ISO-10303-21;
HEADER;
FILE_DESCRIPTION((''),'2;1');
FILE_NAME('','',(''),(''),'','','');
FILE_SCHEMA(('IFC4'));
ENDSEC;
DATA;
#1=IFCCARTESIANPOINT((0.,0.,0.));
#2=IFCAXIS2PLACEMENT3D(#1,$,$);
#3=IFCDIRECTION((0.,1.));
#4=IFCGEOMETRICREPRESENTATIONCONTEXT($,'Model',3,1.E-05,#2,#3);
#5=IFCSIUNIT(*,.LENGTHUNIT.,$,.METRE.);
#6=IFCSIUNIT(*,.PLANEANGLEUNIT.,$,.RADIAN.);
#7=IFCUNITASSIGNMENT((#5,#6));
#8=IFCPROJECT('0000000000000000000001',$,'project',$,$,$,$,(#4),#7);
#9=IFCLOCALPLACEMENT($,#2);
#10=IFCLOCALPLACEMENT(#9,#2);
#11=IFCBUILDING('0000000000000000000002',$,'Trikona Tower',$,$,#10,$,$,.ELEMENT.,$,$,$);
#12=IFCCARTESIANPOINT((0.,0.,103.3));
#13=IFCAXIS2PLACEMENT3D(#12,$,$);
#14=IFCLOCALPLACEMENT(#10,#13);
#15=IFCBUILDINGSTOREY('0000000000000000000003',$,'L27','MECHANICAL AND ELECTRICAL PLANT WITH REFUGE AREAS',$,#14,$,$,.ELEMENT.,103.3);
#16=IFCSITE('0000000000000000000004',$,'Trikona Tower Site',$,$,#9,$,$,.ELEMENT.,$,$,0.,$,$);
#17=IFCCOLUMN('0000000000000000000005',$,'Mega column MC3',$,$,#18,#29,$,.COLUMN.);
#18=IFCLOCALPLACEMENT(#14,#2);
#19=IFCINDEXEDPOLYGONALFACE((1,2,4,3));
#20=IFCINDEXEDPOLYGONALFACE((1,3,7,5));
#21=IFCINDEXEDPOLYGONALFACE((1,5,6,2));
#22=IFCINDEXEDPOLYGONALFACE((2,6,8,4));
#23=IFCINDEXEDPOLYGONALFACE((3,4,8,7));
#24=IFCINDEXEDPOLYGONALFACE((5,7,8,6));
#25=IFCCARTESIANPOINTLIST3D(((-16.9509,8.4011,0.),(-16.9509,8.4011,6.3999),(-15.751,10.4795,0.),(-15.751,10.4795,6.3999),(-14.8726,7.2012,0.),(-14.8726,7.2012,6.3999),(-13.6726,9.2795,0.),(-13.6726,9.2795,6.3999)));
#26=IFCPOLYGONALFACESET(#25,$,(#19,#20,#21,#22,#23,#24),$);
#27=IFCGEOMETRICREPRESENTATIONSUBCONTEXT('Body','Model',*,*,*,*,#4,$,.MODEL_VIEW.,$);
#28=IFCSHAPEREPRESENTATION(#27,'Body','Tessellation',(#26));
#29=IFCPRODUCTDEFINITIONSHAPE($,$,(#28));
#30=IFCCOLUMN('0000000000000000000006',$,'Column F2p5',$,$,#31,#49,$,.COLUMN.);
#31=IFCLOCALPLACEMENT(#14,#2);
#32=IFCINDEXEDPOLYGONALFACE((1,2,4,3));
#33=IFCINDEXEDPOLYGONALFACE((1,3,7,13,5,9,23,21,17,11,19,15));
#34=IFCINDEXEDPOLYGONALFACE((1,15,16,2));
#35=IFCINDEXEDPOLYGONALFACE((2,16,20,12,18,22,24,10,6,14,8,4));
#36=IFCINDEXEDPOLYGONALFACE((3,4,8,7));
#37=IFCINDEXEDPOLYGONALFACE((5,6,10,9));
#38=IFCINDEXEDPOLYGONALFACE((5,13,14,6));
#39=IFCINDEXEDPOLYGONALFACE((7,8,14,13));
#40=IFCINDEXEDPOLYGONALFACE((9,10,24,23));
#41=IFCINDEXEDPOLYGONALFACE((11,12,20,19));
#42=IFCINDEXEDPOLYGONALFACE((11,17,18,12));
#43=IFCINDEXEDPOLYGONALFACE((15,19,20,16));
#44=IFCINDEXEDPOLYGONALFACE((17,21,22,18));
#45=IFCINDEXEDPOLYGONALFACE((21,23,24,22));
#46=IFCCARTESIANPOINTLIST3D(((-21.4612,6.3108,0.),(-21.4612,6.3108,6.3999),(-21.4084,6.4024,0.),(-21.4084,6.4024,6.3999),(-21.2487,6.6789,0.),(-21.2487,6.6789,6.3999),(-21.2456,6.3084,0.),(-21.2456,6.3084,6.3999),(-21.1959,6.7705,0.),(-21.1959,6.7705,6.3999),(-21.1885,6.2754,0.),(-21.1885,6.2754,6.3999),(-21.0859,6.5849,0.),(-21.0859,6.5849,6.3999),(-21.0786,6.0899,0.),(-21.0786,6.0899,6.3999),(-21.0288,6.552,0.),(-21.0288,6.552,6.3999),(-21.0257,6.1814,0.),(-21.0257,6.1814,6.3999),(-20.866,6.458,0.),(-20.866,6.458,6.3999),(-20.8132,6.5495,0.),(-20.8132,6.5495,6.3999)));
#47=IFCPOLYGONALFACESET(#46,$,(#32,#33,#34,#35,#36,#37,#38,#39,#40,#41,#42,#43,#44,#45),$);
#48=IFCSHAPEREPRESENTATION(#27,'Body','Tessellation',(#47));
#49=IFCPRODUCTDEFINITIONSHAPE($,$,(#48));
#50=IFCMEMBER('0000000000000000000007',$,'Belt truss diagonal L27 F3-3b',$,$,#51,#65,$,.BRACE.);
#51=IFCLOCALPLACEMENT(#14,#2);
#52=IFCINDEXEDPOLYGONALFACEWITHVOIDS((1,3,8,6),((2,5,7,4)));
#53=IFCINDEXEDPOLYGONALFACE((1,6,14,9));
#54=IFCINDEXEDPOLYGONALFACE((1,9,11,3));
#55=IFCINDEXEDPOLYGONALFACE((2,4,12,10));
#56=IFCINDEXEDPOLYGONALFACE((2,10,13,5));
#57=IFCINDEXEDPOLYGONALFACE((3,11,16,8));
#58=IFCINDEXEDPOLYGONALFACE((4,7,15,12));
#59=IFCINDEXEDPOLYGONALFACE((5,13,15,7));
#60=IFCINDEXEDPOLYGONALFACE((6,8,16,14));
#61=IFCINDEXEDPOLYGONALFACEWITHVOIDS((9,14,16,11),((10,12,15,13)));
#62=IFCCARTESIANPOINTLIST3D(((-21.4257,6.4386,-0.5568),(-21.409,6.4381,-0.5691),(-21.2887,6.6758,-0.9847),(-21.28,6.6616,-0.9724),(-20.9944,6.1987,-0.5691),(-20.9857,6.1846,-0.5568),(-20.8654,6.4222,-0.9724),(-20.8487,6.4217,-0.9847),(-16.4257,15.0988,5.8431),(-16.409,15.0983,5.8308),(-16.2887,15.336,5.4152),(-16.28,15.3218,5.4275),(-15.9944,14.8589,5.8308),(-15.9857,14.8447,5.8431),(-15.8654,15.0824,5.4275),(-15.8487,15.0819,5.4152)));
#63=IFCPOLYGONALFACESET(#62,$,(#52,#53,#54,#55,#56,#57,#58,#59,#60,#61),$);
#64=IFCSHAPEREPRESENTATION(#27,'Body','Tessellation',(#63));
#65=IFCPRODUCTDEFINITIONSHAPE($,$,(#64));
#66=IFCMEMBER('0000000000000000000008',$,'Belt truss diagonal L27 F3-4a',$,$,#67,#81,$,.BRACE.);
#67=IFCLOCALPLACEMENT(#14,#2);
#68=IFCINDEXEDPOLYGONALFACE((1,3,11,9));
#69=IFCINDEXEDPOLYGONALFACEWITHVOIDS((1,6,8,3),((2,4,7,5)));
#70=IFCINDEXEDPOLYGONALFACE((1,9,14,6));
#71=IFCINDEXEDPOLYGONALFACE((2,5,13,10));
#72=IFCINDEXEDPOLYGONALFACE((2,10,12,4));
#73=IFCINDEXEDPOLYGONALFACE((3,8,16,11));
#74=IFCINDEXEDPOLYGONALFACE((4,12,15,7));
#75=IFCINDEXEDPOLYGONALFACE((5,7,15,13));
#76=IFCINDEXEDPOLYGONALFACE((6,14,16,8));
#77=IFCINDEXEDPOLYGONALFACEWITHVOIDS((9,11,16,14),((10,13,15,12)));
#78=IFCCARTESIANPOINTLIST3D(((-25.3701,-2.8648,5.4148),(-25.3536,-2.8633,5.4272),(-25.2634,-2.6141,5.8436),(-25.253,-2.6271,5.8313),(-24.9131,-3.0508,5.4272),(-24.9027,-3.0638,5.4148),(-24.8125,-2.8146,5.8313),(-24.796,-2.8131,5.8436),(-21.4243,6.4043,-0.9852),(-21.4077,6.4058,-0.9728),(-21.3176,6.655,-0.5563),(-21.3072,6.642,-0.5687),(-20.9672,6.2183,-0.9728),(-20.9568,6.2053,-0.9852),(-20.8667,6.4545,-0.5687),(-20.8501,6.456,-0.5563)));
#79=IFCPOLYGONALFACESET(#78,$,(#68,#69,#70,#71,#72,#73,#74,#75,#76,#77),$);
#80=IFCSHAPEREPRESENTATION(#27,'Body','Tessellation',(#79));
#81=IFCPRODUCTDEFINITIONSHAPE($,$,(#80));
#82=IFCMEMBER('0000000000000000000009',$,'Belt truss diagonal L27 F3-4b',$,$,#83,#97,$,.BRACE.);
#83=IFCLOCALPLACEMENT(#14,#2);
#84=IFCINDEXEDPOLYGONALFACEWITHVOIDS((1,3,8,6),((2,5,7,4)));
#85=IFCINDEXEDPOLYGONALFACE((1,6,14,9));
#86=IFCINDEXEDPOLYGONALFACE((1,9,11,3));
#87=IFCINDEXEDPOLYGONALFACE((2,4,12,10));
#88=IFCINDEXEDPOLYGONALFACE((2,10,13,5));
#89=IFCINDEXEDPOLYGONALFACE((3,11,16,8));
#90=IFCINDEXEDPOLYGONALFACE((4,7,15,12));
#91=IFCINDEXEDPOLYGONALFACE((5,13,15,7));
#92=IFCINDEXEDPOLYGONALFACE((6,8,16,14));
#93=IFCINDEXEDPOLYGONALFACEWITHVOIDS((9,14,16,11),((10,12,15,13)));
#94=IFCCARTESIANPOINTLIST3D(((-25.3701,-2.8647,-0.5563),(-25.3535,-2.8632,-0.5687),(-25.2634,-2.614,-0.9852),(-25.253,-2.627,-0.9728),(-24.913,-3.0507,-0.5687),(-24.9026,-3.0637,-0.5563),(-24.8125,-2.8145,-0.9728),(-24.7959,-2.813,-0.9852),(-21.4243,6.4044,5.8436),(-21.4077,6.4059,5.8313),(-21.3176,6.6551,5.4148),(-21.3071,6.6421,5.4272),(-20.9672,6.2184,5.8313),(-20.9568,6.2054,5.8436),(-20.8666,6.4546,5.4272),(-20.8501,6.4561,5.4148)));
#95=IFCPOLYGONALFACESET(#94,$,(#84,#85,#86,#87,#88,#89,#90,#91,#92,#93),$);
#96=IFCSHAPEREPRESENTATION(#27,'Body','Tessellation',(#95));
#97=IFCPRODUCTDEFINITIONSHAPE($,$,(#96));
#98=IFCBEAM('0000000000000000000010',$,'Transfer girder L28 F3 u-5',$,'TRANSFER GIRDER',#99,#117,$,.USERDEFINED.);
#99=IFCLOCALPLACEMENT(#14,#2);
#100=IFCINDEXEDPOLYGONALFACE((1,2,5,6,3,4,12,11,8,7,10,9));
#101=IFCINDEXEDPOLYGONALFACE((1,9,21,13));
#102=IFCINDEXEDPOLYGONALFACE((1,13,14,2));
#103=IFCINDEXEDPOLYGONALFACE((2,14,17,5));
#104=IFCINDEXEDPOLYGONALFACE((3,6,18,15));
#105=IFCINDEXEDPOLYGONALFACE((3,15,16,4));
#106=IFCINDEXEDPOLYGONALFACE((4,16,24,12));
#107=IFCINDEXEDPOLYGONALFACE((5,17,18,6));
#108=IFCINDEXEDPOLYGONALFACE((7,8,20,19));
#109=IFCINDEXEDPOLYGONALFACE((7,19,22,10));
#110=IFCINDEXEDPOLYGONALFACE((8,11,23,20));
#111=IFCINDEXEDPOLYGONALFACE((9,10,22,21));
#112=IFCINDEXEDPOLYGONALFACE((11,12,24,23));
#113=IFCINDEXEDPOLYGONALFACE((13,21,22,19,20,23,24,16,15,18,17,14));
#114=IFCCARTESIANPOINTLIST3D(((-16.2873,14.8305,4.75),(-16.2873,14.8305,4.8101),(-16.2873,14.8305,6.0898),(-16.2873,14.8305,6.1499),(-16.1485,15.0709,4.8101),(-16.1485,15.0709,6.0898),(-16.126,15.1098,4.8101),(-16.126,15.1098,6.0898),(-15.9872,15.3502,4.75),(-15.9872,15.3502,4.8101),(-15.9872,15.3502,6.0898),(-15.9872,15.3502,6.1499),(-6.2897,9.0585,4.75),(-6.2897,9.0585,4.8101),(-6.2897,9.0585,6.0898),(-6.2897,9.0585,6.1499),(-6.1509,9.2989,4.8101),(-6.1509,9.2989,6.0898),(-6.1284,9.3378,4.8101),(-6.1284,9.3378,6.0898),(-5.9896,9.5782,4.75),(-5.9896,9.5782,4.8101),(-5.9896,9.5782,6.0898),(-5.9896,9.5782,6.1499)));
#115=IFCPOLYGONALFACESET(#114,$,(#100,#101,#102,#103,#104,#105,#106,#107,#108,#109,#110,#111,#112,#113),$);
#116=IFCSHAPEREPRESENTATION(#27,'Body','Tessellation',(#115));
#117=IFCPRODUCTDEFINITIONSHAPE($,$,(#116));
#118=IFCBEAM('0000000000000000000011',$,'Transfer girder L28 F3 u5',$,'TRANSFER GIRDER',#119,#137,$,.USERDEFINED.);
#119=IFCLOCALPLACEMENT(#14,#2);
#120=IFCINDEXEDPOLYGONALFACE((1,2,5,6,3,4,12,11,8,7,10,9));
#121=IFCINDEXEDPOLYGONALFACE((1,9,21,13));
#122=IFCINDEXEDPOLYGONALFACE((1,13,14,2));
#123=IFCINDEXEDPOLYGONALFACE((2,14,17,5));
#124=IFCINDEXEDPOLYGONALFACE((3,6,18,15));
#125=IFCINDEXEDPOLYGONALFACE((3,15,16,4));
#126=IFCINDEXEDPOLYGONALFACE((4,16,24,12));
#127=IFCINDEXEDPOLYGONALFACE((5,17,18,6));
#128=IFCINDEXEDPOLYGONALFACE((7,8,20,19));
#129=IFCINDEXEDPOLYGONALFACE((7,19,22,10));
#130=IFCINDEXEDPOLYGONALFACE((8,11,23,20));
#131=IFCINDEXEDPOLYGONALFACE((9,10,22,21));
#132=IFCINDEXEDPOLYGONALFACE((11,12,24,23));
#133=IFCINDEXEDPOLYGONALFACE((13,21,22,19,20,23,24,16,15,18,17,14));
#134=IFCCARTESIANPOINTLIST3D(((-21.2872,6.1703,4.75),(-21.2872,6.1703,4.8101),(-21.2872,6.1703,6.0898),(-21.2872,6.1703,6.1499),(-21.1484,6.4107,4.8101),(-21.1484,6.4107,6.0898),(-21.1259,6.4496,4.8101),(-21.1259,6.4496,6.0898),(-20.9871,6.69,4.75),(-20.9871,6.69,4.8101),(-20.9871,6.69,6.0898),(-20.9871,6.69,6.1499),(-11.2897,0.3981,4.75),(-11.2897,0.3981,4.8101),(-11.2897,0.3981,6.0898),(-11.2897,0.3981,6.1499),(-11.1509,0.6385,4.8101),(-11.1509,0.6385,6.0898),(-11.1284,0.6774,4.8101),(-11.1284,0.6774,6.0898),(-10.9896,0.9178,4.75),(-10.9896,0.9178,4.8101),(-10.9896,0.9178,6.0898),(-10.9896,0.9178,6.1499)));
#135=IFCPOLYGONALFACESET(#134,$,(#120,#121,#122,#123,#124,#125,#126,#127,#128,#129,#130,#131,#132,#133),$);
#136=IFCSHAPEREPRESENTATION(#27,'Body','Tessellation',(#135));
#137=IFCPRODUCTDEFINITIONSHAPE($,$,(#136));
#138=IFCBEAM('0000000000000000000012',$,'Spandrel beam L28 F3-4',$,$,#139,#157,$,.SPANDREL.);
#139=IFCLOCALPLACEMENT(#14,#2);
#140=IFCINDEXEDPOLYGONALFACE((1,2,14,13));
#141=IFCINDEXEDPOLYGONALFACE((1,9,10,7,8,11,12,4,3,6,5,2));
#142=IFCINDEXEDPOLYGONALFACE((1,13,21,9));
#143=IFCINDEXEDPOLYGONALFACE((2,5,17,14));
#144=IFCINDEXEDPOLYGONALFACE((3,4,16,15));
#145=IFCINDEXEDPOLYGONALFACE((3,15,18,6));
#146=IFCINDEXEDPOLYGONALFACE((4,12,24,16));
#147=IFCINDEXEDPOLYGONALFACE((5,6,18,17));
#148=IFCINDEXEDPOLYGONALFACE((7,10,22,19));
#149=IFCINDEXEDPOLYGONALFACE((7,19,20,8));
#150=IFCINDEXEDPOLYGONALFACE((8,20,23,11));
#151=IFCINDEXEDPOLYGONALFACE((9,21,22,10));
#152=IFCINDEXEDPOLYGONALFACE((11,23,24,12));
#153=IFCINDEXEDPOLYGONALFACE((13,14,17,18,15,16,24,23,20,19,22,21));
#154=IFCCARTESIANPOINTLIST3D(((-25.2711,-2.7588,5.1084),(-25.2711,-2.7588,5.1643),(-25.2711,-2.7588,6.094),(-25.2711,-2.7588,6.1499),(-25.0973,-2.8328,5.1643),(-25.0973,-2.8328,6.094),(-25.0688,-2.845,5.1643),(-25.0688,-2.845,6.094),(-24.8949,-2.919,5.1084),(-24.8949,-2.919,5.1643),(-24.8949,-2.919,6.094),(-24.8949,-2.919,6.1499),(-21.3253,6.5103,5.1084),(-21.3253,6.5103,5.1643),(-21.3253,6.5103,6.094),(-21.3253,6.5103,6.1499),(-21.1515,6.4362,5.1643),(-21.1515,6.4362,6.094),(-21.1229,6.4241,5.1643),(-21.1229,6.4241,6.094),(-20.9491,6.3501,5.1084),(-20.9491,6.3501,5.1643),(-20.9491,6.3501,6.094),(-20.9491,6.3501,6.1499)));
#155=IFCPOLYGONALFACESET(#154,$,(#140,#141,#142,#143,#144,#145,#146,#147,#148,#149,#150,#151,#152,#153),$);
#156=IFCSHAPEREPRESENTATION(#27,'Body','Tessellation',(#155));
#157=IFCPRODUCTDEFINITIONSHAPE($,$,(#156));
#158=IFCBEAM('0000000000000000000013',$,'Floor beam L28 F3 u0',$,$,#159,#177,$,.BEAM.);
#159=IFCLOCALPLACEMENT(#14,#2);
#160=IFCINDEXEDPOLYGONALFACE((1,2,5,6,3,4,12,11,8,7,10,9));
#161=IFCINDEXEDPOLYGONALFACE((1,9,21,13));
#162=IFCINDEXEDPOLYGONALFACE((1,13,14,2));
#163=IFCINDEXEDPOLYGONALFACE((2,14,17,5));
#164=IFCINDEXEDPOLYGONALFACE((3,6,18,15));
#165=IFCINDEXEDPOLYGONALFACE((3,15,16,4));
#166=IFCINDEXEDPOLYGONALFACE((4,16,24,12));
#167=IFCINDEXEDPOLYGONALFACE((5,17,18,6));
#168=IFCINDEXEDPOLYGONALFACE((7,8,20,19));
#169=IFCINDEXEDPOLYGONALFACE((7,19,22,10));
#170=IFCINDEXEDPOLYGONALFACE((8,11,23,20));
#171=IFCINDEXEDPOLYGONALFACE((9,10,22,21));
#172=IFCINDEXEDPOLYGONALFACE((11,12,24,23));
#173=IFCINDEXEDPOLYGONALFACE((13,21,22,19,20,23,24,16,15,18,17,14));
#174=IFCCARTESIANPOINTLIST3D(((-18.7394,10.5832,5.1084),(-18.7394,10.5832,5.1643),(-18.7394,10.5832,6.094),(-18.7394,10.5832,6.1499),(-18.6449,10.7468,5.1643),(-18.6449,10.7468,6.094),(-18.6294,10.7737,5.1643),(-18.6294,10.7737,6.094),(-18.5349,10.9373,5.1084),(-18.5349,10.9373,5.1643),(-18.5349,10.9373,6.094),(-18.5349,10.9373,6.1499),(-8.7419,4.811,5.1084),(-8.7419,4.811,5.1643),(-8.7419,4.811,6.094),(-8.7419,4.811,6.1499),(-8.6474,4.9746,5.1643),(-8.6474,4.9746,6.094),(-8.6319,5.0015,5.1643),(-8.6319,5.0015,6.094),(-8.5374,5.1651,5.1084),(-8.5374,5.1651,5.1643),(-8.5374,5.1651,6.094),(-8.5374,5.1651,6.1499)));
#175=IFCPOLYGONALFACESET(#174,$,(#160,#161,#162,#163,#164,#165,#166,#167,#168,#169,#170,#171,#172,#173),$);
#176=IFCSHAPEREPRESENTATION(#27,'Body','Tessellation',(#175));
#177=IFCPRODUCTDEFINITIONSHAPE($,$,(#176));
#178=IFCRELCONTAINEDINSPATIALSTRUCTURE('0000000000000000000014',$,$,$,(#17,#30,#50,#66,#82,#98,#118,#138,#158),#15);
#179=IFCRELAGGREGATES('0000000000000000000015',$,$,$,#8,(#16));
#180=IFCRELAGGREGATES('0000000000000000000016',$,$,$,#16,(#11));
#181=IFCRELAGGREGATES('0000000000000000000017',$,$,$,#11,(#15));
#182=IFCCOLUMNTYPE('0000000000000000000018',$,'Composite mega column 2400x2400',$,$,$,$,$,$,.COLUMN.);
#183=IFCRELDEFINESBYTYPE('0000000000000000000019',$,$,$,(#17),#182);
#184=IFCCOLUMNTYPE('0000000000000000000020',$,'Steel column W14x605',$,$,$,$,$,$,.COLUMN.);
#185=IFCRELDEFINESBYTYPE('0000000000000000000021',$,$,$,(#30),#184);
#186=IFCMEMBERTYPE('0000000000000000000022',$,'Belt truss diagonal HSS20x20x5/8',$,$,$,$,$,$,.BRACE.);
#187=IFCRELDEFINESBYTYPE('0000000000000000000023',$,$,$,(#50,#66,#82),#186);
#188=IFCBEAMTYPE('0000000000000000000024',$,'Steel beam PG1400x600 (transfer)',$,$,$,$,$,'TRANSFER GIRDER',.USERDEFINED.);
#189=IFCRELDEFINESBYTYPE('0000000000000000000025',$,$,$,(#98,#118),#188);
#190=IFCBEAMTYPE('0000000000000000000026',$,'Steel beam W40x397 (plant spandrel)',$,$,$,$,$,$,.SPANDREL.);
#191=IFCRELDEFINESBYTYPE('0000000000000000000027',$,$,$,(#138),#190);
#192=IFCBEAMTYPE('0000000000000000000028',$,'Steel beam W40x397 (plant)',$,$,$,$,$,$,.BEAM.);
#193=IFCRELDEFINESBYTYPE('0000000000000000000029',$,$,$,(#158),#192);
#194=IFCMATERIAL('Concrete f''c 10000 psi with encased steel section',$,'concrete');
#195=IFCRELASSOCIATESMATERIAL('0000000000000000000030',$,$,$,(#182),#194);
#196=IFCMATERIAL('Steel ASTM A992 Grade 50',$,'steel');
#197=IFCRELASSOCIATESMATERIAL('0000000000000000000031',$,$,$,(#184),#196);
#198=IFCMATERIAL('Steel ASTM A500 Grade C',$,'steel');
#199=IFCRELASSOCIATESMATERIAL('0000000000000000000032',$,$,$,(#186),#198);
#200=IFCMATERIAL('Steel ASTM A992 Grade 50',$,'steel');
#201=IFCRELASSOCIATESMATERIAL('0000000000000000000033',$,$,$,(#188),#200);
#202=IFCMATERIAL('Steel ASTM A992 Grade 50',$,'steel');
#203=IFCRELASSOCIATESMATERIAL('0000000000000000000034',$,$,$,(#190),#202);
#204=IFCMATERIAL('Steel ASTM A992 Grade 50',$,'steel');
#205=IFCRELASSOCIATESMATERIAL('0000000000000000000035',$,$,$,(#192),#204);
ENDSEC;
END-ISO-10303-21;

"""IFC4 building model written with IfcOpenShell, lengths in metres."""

from ifc_helpers import new_model, si_unit, direction, frame, origin, origin_2d, place, context, subcontext, project, spatial, rectangle, hollow_rectangle, i_section, extrude, material, material_profile, profile_set, type_object, element, save


model = new_model("IFC4")

# Units and contexts
model_context = context("Model", 3, precision=1e-05, world=origin(), true_north=direction((0.0, 1.0)))
body_context = subcontext(model_context, "Body", "Model", "MODEL_VIEW")
ifc_project = project(units=[si_unit("LENGTHUNIT", "METRE"), si_unit("PLANEANGLEUNIT", "RADIAN")], contexts=[model_context])

# Site, building, storey
site_placement = place(None, origin())
site = spatial("IfcSite", under=ifc_project, at=site_placement, Name="Trikona Tower Site", CompositionType="ELEMENT", RefElevation=0.0)
building_placement = place(site_placement, origin())
building = spatial("IfcBuilding", under=site, at=building_placement, Name="Trikona Tower", CompositionType="ELEMENT")
storey_placement = place(building_placement, frame((0.0, 0.0, 103.3)))
storey = spatial("IfcBuildingStorey", under=building, at=storey_placement, Name="L27", Description="MECHANICAL AND ELECTRICAL PLANT WITH REFUGE AREAS", CompositionType="ELEMENT", Elevation=103.3)

# Columns
ifc_material_1 = material(Name="Concrete f'c 10000 psi with encased steel section", Category="concrete")
ifc_material_profile_1 = material_profile(ifc_material_1, rectangle(XDim=2.3999, YDim=2.3999, at=origin_2d()), Name="MC2400")
ifc_profile_set_1 = profile_set([ifc_material_profile_1], Name="Concrete f'c 10000 psi with encased steel section")
column_type_1 = type_object("IfcColumnType", Name="Composite mega column 2400x2400", PredefinedType="COLUMN", material=ifc_profile_set_1)
column_1_placement = place(storey_placement, frame((-15.3118, 8.8403, 0.0), z_axis=(0.0, 0.0, 1.0), x_axis=(-0.866025, 0.5, 0.0)))
element("IfcColumn", 1, at=column_1_placement, inside=storey, type_object=column_type_1, Name="Mega column MC3", PredefinedType="COLUMN", context=body_context, shape_type="SweptSolid", body=[
    extrude(rectangle(XDim=2.3999, YDim=2.3999, at=origin_2d()), origin(), (0.0, 0.0, 1.0), 6.3999),
])
ifc_material_2 = material(Name="Steel ASTM A992 Grade 50", Category="steel")
ifc_material_profile_2 = material_profile(ifc_material_2, i_section(OverallWidth=0.4419, OverallDepth=0.5308, WebThickness=0.0659, FlangeThickness=0.1057, at=origin_2d()), Name="W14X605")
ifc_profile_set_2 = profile_set([ifc_material_profile_2], Name="Steel ASTM A992 Grade 50")
column_type_2 = type_object("IfcColumnType", Name="Steel column W14x605", PredefinedType="COLUMN", material=ifc_profile_set_2)
column_2_placement = place(storey_placement, frame((-21.1372, 6.4302, 0.0), z_axis=(0.0, 0.0, 1.0), x_axis=(-0.866025, 0.5, 0.0)))
element("IfcColumn", 2, at=column_2_placement, inside=storey, type_object=column_type_2, Name="Column F2p5", PredefinedType="COLUMN", context=body_context, shape_type="SweptSolid", body=[
    extrude(i_section(OverallWidth=0.4419, OverallDepth=0.5308, WebThickness=0.0659, FlangeThickness=0.1057, at=origin_2d()), origin(), (0.0, 0.0, 1.0), 6.3999),
])

# Members
ifc_material_3 = material(Name="Steel ASTM A500 Grade C", Category="steel")
ifc_material_profile_3 = material_profile(ifc_material_3, hollow_rectangle(XDim=0.5081, YDim=0.5081, WallThickness=0.0146, at=origin_2d()), Name="HSS20X20X5/8")
ifc_profile_set_3 = profile_set([ifc_material_profile_3], Name="Steel ASTM A500 Grade C")
member_type = type_object("IfcMemberType", Name="Belt truss diagonal HSS20x20x5/8", PredefinedType="BRACE", material=ifc_profile_set_3)
member_placement = place(storey_placement, frame((-21.1372, 6.4302, -0.7708), z_axis=(0.42114, 0.729428, 0.539051), x_axis=(-0.866023, 0.500004, 0.0)))
element("IfcMember", 3, at=member_placement, inside=storey, type_object=member_type, Name="Belt truss diagonal L27 F3-3b", PredefinedType="BRACE", context=body_context, shape_type="SweptSolid", body=[
    extrude(hollow_rectangle(XDim=0.5081, YDim=0.5081, WallThickness=0.0146, at=origin_2d()), origin(), (0.0, 0.0, 1.0), 11.8726),
])
for number, where, z_axis, x_axis, name in (
    (4, (-21.1372, 6.4302, -0.7708), (-0.330609, -0.77663, 0.536232), (0.9201, -0.391684, 0.0), "Belt truss diagonal L27 F3-4a"),
    (5, (-25.083, -2.8389, -0.7708), (0.330609, 0.77663, 0.536232), (-0.9201, 0.391684, 0.0), "Belt truss diagonal L27 F3-4b"),
):
    element("IfcMember", number, at=place(storey_placement, frame(where, z_axis=z_axis, x_axis=x_axis)), inside=storey, type_object=member_type, Name=name, PredefinedType="BRACE", context=body_context, shape_type="SweptSolid", body=[
        extrude(hollow_rectangle(XDim=0.5081, YDim=0.5081, WallThickness=0.0146, at=origin_2d()), origin(), (0.0, 0.0, 1.0), 11.9351),
    ])

# Beams
ifc_material_4 = material(Name="Steel ASTM A992 Grade 50", Category="steel")
ifc_material_profile_4 = material_profile(ifc_material_4, i_section(OverallWidth=0.6001, OverallDepth=1.3999, WebThickness=0.0449, FlangeThickness=0.0601, at=origin_2d()), Name="PG1400X600")
ifc_profile_set_4 = profile_set([ifc_material_profile_4], Name="Steel ASTM A992 Grade 50")
beam_type_1 = type_object("IfcBeamType", Name="Steel beam PG1400x600 (transfer)", ElementType="TRANSFER GIRDER", PredefinedType="USERDEFINED", material=ifc_profile_set_4)
for number, where, z_axis, x_axis, name in (
    (6, (-6.1396, 9.3184, 5.45), (-0.86603, 0.499992, 0.0), (-0.499992, -0.86603, 0.0), "Transfer girder L28 F3 u-5"),
    (7, (-11.1396, 0.658, 5.45), (-0.866021, 0.500008, 0.0), (-0.500008, -0.866021, 0.0), "Transfer girder L28 F3 u5"),
):
    element("IfcBeam", number, at=place(storey_placement, frame(where, z_axis=z_axis, x_axis=x_axis)), inside=storey, type_object=beam_type_1, Name=name, ObjectType="TRANSFER GIRDER", PredefinedType="USERDEFINED", context=body_context, shape_type="SweptSolid", body=[
        extrude(i_section(OverallWidth=0.6001, OverallDepth=1.3999, WebThickness=0.0449, FlangeThickness=0.0601, at=origin_2d()), origin(), (0.0, 0.0, 1.0), 11.5442),
    ])
ifc_material_5 = material(Name="Steel ASTM A992 Grade 50", Category="steel")
ifc_material_profile_5 = material_profile(ifc_material_5, i_section(OverallWidth=0.4089, OverallDepth=1.0415, WebThickness=0.031, FlangeThickness=0.0559, at=origin_2d()), Name="W40X397")
ifc_profile_set_5 = profile_set([ifc_material_profile_5], Name="Steel ASTM A992 Grade 50")
beam_type_2 = type_object("IfcBeamType", Name="Steel beam W40x397 (plant spandrel)", PredefinedType="SPANDREL", material=ifc_profile_set_5)
beam_1_placement = place(storey_placement, frame((-21.1372, 6.4302, 5.6292), z_axis=(-0.391684, -0.9201, 0.0), x_axis=(0.9201, -0.391684, 0.0)))
element("IfcBeam", 8, at=beam_1_placement, inside=storey, type_object=beam_type_2, Name="Spandrel beam L28 F3-4", PredefinedType="SPANDREL", context=body_context, shape_type="SweptSolid", body=[
    extrude(i_section(OverallWidth=0.4089, OverallDepth=1.0415, WebThickness=0.031, FlangeThickness=0.0559, at=origin_2d()), origin(), (0.0, 0.0, 1.0), 10.074),
])
ifc_material_6 = material(Name="Steel ASTM A992 Grade 50", Category="steel")
ifc_material_profile_6 = material_profile(ifc_material_6, i_section(OverallWidth=0.4089, OverallDepth=1.0415, WebThickness=0.031, FlangeThickness=0.0559, at=origin_2d()), Name="W40X397")
ifc_profile_set_6 = profile_set([ifc_material_profile_6], Name="Steel ASTM A992 Grade 50")
beam_type_3 = type_object("IfcBeamType", Name="Steel beam W40x397 (plant)", PredefinedType="BEAM", material=ifc_profile_set_6)
beam_2_placement = place(storey_placement, frame((-8.6396, 4.988, 5.6292), z_axis=(-0.866021, 0.500008, 0.0), x_axis=(-0.500008, -0.866021, 0.0)))
element("IfcBeam", 9, at=beam_2_placement, inside=storey, type_object=beam_type_3, Name="Floor beam L28 F3 u0", PredefinedType="BEAM", context=body_context, shape_type="SweptSolid", body=[
    extrude(i_section(OverallWidth=0.4089, OverallDepth=1.0415, WebThickness=0.031, FlangeThickness=0.0559, at=origin_2d()), origin(), (0.0, 0.0, 1.0), 11.5442),
])

save(model, "model.ifc")
